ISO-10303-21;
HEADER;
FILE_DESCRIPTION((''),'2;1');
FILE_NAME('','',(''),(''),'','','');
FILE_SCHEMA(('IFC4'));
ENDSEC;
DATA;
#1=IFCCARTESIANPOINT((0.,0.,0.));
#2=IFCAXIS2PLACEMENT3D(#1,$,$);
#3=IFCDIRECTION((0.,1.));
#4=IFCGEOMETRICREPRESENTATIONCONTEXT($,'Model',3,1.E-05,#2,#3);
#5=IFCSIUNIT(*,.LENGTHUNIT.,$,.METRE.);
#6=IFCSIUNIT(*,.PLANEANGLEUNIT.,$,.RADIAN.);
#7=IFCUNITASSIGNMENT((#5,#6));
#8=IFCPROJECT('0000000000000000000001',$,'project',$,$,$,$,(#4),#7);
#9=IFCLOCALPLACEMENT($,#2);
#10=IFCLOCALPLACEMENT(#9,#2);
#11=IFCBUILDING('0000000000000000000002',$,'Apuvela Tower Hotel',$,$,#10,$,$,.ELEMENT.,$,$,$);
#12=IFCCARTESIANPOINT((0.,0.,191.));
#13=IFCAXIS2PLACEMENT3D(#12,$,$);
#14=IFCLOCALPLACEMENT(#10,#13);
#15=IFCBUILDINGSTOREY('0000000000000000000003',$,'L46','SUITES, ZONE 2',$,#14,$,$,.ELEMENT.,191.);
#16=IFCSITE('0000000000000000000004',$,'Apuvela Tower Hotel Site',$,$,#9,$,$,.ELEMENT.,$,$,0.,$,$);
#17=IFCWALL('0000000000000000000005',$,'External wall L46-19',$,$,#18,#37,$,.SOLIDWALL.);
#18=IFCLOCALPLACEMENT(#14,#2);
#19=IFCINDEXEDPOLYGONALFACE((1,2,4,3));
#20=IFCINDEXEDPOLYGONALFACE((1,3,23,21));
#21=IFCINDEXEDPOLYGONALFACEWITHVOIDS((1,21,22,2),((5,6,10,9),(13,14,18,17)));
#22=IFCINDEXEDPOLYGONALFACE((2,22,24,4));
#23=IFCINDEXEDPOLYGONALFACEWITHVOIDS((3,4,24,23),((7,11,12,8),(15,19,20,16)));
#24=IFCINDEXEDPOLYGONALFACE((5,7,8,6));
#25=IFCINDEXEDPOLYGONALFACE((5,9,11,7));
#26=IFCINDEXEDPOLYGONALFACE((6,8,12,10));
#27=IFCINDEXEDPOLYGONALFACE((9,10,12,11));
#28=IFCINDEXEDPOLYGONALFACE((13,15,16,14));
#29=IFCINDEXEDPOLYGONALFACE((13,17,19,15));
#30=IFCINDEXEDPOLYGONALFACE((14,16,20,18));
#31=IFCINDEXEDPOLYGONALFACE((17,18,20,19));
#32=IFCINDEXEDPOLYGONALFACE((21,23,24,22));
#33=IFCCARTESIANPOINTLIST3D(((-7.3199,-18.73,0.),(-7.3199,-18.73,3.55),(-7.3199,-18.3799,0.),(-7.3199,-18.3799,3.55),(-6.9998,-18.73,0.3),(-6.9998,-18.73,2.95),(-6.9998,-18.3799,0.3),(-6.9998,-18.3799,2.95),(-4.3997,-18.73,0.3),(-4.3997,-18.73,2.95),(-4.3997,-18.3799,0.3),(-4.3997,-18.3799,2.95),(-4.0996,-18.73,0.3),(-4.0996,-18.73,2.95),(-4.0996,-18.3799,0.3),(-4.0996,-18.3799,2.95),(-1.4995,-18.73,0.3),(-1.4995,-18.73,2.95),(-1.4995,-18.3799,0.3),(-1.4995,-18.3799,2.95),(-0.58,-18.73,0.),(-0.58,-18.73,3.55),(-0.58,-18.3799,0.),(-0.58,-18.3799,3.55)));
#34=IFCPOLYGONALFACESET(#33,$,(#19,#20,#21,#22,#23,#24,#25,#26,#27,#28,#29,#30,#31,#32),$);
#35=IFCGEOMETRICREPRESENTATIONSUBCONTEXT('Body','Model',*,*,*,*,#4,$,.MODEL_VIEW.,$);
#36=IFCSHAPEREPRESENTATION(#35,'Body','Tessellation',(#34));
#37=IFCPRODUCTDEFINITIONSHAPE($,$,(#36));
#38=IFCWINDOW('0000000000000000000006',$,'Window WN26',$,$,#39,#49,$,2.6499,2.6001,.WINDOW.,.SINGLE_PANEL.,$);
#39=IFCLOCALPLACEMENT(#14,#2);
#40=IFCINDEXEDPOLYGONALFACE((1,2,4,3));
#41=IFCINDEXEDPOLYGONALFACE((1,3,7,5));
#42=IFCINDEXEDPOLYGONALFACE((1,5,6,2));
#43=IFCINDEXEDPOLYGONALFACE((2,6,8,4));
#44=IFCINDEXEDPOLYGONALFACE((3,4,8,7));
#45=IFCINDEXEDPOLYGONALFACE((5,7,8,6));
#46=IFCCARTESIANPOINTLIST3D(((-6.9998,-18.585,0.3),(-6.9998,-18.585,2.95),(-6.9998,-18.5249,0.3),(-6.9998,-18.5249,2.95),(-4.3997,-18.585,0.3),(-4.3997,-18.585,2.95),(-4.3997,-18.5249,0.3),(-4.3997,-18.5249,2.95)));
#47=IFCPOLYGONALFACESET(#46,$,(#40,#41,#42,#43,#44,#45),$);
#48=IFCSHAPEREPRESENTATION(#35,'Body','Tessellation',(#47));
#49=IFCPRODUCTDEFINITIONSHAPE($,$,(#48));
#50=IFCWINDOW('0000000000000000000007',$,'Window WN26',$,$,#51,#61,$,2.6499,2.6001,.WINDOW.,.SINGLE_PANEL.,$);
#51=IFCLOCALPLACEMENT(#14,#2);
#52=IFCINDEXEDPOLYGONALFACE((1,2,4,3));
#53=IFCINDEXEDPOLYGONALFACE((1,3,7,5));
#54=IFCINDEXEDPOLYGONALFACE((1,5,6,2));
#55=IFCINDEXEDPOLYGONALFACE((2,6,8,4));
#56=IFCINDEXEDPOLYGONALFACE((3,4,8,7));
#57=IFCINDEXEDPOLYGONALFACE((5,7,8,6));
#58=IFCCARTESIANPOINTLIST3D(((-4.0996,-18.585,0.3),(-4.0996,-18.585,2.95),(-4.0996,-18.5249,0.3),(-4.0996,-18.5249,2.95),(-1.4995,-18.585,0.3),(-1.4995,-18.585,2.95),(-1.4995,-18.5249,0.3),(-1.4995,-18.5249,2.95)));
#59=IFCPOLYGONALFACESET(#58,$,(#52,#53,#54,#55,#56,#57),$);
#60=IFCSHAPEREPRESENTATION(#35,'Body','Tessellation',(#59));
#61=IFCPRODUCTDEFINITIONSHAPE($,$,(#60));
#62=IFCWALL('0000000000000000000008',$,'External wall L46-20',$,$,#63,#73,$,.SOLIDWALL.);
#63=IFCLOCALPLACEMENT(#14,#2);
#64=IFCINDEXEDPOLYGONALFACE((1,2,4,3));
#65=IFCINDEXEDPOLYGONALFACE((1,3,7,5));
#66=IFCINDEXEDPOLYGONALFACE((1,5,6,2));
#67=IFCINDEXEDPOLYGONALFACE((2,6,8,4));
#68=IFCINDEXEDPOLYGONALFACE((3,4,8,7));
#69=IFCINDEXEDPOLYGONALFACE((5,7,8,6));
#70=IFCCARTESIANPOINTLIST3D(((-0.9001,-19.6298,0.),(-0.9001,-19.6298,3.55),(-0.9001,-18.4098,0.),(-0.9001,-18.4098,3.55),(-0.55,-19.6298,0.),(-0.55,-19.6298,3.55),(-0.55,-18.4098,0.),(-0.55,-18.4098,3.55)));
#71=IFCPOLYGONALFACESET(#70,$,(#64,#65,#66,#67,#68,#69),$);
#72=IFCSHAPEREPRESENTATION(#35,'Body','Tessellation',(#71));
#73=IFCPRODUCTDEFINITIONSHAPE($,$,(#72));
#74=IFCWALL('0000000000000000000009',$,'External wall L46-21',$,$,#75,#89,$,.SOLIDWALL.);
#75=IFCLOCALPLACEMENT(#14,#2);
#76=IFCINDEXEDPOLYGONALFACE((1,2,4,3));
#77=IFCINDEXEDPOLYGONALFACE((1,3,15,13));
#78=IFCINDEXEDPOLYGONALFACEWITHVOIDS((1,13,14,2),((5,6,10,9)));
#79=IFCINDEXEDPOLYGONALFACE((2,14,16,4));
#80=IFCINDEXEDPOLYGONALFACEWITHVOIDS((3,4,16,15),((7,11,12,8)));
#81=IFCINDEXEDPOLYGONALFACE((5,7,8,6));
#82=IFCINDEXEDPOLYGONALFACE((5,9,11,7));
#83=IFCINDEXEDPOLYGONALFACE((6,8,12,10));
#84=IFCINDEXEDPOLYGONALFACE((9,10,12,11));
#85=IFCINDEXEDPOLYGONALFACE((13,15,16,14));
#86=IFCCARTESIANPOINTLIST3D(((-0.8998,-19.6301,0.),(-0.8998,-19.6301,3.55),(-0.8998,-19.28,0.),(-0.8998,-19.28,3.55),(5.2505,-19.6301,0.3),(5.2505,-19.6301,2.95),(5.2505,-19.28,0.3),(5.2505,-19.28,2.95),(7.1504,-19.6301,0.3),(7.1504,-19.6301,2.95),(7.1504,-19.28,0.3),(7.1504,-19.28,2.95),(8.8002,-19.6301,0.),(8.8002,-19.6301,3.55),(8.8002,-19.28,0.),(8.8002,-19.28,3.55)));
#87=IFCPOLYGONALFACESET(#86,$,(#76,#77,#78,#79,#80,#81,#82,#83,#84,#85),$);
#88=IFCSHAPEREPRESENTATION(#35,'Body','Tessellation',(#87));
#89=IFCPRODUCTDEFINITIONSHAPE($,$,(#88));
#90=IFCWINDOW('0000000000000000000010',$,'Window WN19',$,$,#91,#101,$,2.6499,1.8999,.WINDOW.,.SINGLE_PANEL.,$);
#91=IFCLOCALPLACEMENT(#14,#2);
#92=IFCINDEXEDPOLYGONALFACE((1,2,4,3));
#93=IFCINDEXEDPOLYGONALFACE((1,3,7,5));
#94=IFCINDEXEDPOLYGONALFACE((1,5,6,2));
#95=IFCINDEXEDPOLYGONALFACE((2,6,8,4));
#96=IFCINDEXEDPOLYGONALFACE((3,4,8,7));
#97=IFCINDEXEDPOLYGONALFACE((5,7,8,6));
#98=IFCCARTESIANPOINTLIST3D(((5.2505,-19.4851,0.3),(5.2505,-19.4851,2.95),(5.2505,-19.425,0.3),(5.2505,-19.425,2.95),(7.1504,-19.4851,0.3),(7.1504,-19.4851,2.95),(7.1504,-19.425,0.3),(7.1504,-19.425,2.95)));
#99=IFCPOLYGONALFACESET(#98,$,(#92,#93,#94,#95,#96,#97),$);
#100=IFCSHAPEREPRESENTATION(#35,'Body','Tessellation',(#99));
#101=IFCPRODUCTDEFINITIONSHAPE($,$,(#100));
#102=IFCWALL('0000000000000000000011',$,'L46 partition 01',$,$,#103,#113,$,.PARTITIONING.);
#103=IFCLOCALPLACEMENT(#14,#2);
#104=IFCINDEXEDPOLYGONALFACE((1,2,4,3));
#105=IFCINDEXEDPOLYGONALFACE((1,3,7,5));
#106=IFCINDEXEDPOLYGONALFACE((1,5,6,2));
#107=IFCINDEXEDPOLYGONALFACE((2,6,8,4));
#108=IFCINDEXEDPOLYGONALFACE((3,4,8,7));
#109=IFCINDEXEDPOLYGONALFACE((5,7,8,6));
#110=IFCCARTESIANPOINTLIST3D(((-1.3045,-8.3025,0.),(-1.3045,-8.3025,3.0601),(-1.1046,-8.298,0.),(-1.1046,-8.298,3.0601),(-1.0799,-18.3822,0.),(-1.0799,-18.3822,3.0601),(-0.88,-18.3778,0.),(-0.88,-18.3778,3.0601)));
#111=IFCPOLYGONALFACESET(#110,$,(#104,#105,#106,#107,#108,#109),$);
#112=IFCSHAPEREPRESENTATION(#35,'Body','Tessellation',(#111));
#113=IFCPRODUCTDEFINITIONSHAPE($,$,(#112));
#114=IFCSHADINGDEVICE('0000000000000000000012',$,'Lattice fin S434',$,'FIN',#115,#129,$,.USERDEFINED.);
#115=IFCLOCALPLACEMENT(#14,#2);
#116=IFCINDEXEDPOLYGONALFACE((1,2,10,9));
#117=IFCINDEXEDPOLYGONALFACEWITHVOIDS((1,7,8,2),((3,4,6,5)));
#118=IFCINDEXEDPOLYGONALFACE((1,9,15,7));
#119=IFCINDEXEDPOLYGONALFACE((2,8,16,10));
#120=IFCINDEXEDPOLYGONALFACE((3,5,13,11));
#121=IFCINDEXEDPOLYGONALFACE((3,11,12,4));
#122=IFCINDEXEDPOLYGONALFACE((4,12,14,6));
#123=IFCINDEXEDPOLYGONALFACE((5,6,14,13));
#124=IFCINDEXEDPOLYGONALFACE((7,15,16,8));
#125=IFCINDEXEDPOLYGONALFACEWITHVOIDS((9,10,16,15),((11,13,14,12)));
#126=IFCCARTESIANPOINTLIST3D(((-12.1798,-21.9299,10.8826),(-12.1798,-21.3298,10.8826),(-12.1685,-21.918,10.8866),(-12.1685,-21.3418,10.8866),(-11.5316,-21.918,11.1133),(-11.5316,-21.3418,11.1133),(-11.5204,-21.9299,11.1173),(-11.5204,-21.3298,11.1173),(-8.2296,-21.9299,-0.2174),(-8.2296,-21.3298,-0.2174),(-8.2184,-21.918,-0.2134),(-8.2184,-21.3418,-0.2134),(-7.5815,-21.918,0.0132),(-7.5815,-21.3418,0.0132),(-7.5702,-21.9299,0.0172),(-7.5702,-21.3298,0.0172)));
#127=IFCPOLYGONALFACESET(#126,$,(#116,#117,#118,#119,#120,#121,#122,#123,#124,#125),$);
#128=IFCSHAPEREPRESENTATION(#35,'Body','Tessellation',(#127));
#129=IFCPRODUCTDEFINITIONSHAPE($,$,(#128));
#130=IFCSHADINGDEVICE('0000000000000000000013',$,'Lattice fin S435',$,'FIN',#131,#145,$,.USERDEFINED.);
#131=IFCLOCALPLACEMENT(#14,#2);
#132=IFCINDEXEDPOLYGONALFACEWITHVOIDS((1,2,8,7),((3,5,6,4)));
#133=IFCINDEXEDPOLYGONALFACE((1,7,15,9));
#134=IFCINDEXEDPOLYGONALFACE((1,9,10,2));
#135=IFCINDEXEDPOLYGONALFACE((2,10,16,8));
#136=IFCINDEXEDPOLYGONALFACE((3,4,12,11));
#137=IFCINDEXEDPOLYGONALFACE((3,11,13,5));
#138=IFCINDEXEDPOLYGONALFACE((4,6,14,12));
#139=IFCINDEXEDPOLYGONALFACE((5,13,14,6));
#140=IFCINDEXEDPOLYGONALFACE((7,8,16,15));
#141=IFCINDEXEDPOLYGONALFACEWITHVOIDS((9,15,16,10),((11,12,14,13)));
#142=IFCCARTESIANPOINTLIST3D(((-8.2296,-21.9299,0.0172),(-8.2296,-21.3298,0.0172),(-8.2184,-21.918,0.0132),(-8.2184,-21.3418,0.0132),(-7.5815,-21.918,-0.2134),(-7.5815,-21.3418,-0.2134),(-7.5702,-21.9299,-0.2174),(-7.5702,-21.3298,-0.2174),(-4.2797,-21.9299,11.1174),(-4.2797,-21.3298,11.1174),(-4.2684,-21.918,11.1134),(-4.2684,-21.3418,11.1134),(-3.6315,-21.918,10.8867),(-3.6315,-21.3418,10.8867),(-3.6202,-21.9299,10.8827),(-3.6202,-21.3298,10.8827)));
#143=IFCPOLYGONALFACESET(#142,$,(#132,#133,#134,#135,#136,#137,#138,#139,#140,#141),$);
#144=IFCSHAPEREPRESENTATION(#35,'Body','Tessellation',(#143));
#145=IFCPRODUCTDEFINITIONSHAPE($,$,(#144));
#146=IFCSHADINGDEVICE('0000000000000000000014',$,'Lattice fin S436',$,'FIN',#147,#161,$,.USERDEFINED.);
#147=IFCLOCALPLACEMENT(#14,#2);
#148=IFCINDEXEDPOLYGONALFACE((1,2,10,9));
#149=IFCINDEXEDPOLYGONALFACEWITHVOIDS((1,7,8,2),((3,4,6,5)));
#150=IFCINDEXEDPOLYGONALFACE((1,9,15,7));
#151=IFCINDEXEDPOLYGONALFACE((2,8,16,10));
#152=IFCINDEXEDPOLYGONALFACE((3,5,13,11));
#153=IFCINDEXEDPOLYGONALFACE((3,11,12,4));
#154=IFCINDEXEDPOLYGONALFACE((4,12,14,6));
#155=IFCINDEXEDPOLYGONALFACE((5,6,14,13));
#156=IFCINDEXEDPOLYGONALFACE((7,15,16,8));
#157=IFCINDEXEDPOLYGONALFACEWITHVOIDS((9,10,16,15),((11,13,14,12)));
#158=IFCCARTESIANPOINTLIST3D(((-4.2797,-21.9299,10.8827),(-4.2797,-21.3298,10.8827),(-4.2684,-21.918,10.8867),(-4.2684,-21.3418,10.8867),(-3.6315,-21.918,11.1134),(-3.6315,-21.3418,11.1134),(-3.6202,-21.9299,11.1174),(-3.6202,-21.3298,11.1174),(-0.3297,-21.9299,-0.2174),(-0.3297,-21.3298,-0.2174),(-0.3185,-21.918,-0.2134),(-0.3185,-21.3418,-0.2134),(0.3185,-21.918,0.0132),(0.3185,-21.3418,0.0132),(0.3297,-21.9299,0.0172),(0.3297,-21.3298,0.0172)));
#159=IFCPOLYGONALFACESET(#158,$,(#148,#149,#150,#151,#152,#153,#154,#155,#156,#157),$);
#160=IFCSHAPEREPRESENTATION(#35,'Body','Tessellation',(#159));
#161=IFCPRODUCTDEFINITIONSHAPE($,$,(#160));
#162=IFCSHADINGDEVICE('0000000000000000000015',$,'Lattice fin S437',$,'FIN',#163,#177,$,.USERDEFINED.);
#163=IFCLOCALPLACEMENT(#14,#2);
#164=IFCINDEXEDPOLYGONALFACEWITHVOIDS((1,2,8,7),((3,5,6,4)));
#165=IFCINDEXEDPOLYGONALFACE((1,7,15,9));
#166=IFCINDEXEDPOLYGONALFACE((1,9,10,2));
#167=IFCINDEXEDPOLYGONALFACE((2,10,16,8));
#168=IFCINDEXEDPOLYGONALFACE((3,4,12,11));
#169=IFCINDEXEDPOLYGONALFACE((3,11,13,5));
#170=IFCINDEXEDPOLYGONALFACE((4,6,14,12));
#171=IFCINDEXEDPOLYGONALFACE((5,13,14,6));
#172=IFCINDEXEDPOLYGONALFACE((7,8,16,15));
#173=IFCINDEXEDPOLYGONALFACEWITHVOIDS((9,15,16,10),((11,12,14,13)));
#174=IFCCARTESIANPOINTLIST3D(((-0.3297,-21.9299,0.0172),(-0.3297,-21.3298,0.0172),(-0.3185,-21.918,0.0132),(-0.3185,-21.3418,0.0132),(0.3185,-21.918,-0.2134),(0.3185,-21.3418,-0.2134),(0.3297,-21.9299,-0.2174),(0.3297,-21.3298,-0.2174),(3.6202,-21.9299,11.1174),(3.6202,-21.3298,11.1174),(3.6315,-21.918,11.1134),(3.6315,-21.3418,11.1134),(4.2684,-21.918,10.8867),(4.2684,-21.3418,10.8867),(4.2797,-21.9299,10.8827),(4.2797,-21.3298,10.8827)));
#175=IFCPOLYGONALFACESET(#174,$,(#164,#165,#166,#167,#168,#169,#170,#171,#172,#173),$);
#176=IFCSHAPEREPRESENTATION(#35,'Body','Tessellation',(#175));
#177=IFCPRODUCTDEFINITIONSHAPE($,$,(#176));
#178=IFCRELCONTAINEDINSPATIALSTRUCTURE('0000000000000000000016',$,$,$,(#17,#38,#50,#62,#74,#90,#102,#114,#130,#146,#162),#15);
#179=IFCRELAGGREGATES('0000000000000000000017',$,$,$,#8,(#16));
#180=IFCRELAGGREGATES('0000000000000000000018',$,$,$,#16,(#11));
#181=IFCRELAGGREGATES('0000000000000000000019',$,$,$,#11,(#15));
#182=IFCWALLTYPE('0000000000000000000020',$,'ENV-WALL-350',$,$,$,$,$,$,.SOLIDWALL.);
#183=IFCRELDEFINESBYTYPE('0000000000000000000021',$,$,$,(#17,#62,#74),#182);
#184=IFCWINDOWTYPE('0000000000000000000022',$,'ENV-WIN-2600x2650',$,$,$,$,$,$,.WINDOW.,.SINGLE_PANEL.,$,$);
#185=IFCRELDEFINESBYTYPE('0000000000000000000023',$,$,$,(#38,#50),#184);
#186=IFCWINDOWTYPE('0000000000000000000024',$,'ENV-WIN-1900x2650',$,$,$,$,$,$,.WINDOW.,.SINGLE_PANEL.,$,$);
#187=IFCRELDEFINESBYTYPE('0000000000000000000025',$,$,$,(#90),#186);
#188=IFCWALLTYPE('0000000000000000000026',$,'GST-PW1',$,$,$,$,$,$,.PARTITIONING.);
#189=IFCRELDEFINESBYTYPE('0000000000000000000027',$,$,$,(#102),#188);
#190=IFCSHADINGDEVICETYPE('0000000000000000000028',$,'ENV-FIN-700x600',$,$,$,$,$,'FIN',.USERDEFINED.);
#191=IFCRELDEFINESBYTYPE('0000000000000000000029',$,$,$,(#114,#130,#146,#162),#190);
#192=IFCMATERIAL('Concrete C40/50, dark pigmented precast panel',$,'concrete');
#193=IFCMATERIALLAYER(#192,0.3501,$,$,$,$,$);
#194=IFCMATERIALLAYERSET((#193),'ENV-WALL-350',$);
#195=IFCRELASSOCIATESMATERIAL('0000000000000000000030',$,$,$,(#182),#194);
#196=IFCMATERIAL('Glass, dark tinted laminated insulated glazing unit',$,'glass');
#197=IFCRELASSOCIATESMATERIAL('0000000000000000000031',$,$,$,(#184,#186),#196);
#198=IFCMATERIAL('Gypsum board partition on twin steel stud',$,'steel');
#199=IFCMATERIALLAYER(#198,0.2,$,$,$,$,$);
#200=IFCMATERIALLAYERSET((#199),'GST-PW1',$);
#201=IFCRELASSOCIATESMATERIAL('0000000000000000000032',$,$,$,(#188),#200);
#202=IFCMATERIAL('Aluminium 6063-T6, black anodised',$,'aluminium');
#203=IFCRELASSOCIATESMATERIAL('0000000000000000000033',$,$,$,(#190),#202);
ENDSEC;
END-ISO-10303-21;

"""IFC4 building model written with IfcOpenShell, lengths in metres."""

from ifc_helpers import new_model, si_unit, direction, frame, frame_2d, origin, origin_2d, place, context, subcontext, project, spatial, rectangle, hollow_rectangle, extrude, material, layer, layer_set, material_profile, profile_set, type_object, element, fill, save


model = new_model("IFC4")

# Units and contexts
model_context = context("Model", 3, precision=1e-05, world=origin(), true_north=direction((0.0, 1.0)))
body_context = subcontext(model_context, "Body", "Model", "MODEL_VIEW")
ifc_project = project(units=[si_unit("LENGTHUNIT", "METRE"), si_unit("PLANEANGLEUNIT", "RADIAN")], contexts=[model_context])

# Site, building, storey
site_placement = place(None, origin())
site = spatial("IfcSite", under=ifc_project, at=site_placement, Name="Apuvela Tower Hotel Site", CompositionType="ELEMENT", RefElevation=0.0)
building_placement = place(site_placement, origin())
building = spatial("IfcBuilding", under=site, at=building_placement, Name="Apuvela Tower Hotel", CompositionType="ELEMENT")
storey_placement = place(building_placement, frame((0.0, 0.0, 191.0)))
storey = spatial("IfcBuildingStorey", under=building, at=storey_placement, Name="L46", Description="SUITES, ZONE 2", CompositionType="ELEMENT", Elevation=191.0)

# Shared definitions
ifc_material_1 = material(Name="Concrete C40/50, dark pigmented precast panel", Category="concrete")
ifc_layer_1 = layer(ifc_material_1, 0.3501)
ifc_layer_set_1 = layer_set([ifc_layer_1], Name="ENV-WALL-350")
wall_type_1 = type_object("IfcWallType", Name="ENV-WALL-350", PredefinedType="SOLIDWALL", material=ifc_layer_set_1)

# Wall, openings, windows
wall_1_placement = place(storey_placement, frame((-7.3201, -18.5549, 0.0), z_axis=(0.0, 0.0, 1.0), x_axis=(1.0, 0.0, 0.0)))
wall_1 = element("IfcWall", 1, at=wall_1_placement, inside=storey, type_object=wall_type_1, Name="External wall L46-19", PredefinedType="SOLIDWALL", context=body_context, shape_type="SweptSolid", body=[
    extrude(rectangle(XDim=6.74, YDim=0.3501, at=frame_2d((3.3701, 0.0))), origin(), (0.0, 0.0, 1.0), 3.55),
])
opening_1_placement = place(wall_1_placement, frame((0.3203, 0.0, 0.3)))
opening_1 = element("IfcOpeningElement", 2, at=opening_1_placement, cuts=wall_1, PredefinedType="OPENING", context=body_context, shape_type="SweptSolid", body=[
    extrude(rectangle(XDim=2.6001, YDim=2.6499, at=frame_2d((1.3, 1.325))), frame((0.0, 0.1851, 0.0), z_axis=(0.0, -1.0, 0.0), x_axis=(1.0, 0.0, 0.0)), (0.0, 0.0, 1.0), 0.3701),
])
opening_2_placement = place(wall_1_placement, frame((3.2205, 0.0, 0.3)))
opening_2 = element("IfcOpeningElement", 3, at=opening_2_placement, cuts=wall_1, PredefinedType="OPENING", context=body_context, shape_type="SweptSolid", body=[
    extrude(rectangle(XDim=2.6001, YDim=2.6499, at=frame_2d((1.3, 1.325))), frame((0.0, 0.1851, 0.0), z_axis=(0.0, -1.0, 0.0), x_axis=(1.0, 0.0, 0.0)), (0.0, 0.0, 1.0), 0.3701),
])
ifc_material_2 = material(Name="Glass, dark tinted laminated insulated glazing unit", Category="glass")
window_type_1 = type_object("IfcWindowType", Name="ENV-WIN-2600x2650", PartitioningType="SINGLE_PANEL", PredefinedType="WINDOW", material=ifc_material_2)
window_1_placement = place(opening_1_placement, origin())
window_1 = element("IfcWindow", 4, at=window_1_placement, inside=storey, type_object=window_type_1, Name="Window WN26", OverallHeight=2.6499, OverallWidth=2.6001, PartitioningType="SINGLE_PANEL", PredefinedType="WINDOW", context=body_context, shape_type="SweptSolid", body=[
    extrude(rectangle(XDim=2.6001, YDim=2.6499, at=frame_2d((1.3, 1.325))), frame((0.0, 0.03, 0.0), z_axis=(0.0, -1.0, 0.0), x_axis=(1.0, 0.0, 0.0)), (0.0, 0.0, 1.0), 0.0601),
])
fill(opening_1, window_1)
window_2_placement = place(opening_2_placement, origin())
window_2 = element("IfcWindow", 5, at=window_2_placement, inside=storey, type_object=window_type_1, Name="Window WN26", OverallHeight=2.6499, OverallWidth=2.6001, PartitioningType="SINGLE_PANEL", PredefinedType="WINDOW", context=body_context, shape_type="SweptSolid", body=[
    extrude(rectangle(XDim=2.6001, YDim=2.6499, at=frame_2d((1.3, 1.325))), frame((0.0, 0.03, 0.0), z_axis=(0.0, -1.0, 0.0), x_axis=(1.0, 0.0, 0.0)), (0.0, 0.0, 1.0), 0.0601),
])
fill(opening_2, window_2)

# Wall
wall_2_placement = place(storey_placement, frame((-0.7251, -18.4099, 0.0), z_axis=(0.0, 0.0, 1.0), x_axis=(0.0, -1.0, 0.0)))
element("IfcWall", 6, at=wall_2_placement, inside=storey, type_object=wall_type_1, Name="External wall L46-20", PredefinedType="SOLIDWALL", context=body_context, shape_type="SweptSolid", body=[
    extrude(rectangle(XDim=1.22, YDim=0.3501, at=frame_2d((0.6099, 0.0))), origin(), (0.0, 0.0, 1.0), 3.55),
])

# Wall, opening, window
wall_3_placement = place(storey_placement, frame((-0.8999, -19.4551, 0.0), z_axis=(0.0, 0.0, 1.0), x_axis=(1.0, 0.0, 0.0)))
wall_3 = element("IfcWall", 7, at=wall_3_placement, inside=storey, type_object=wall_type_1, Name="External wall L46-21", PredefinedType="SOLIDWALL", context=body_context, shape_type="SweptSolid", body=[
    extrude(rectangle(XDim=9.7, YDim=0.3501, at=frame_2d((4.8501, 0.0))), origin(), (0.0, 0.0, 1.0), 3.55),
])
opening_3_placement = place(wall_3_placement, frame((6.1504, 0.0, 0.3)))
opening_3 = element("IfcOpeningElement", 8, at=opening_3_placement, cuts=wall_3, PredefinedType="OPENING", context=body_context, shape_type="SweptSolid", body=[
    extrude(rectangle(XDim=1.8999, YDim=2.6499, at=frame_2d((0.95, 1.325))), frame((0.0, 0.1851, 0.0), z_axis=(0.0, -1.0, 0.0), x_axis=(1.0, 0.0, 0.0)), (0.0, 0.0, 1.0), 0.3701),
])
window_type_2 = type_object("IfcWindowType", Name="ENV-WIN-1900x2650", PartitioningType="SINGLE_PANEL", PredefinedType="WINDOW", material=ifc_material_2)
window_3_placement = place(opening_3_placement, origin())
window_3 = element("IfcWindow", 9, at=window_3_placement, inside=storey, type_object=window_type_2, Name="Window WN19", OverallHeight=2.6499, OverallWidth=1.8999, PartitioningType="SINGLE_PANEL", PredefinedType="WINDOW", context=body_context, shape_type="SweptSolid", body=[
    extrude(rectangle(XDim=1.8999, YDim=2.6499, at=frame_2d((0.95, 1.325))), frame((0.0, 0.03, 0.0), z_axis=(0.0, -1.0, 0.0), x_axis=(1.0, 0.0, 0.0)), (0.0, 0.0, 1.0), 0.0601),
])
fill(opening_3, window_3)

# Wall
ifc_material_3 = material(Name="Gypsum board partition on twin steel stud", Category="steel")
ifc_layer_2 = layer(ifc_material_3, 0.2)
ifc_layer_set_2 = layer_set([ifc_layer_2], Name="GST-PW1")
wall_type_2 = type_object("IfcWallType", Name="GST-PW1", PredefinedType="PARTITIONING", material=ifc_layer_set_2)
wall_4_placement = place(storey_placement, frame((-0.98, -18.3799, 0.0), z_axis=(0.0, 0.0, 1.0), x_axis=(-0.022278, 0.999752, 0.0)))
element("IfcWall", 10, at=wall_4_placement, inside=storey, type_object=wall_type_2, Name="L46 partition 01", PredefinedType="PARTITIONING", context=body_context, shape_type="SweptSolid", body=[
    extrude(rectangle(XDim=10.0823, YDim=0.2, at=frame_2d((5.041, 0.0))), origin(), (0.0, 0.0, 1.0), 3.0601),
])

# Shading devices
ifc_material_4 = material(Name="Aluminium 6063-T6, black anodised", Category="aluminium")
ifc_material_profile_1 = material_profile(ifc_material_4, hollow_rectangle(XDim=0.6001, YDim=0.7, WallThickness=0.012, at=origin_2d()), Name="AL BOX 700x600x12")
ifc_profile_set_1 = profile_set([ifc_material_profile_1], Name="Aluminium 6063-T6, black anodised")
shading_device_type = type_object("IfcShadingDeviceType", Name="ENV-FIN-700x600", ElementType="FIN", PredefinedType="USERDEFINED", material=ifc_profile_set_1)
for number, where, z_axis, x_axis, name in (
    (11, (-7.8999, -21.6299, -0.1001), (-0.335273, 0.0, 0.942121), (0.0, -1.0, 0.0), "Lattice fin S434"),
    (12, (-7.8999, -21.6299, -0.1001), (0.335255, 0.0, 0.942128), (0.0, 1.0, 0.0), "Lattice fin S435"),
    (13, (0.0, -21.6299, -0.1001), (-0.335255, 0.0, 0.942128), (0.0, -1.0, 0.0), "Lattice fin S436"),
    (14, (0.0, -21.6299, -0.1001), (0.335255, 0.0, 0.942128), (0.0, 1.0, 0.0), "Lattice fin S437"),
):
    element("IfcShadingDevice", number, at=place(storey_placement, frame(where, z_axis=z_axis, x_axis=x_axis)), inside=storey, type_object=shading_device_type, Name=name, ObjectType="FIN", PredefinedType="USERDEFINED", context=body_context, shape_type="SweptSolid", body=[
        extrude(hollow_rectangle(XDim=0.6001, YDim=0.7, WallThickness=0.012, at=origin_2d()), origin(), (0.0, 0.0, 1.0), 11.782),
    ])

save(model, "model.ifc")
